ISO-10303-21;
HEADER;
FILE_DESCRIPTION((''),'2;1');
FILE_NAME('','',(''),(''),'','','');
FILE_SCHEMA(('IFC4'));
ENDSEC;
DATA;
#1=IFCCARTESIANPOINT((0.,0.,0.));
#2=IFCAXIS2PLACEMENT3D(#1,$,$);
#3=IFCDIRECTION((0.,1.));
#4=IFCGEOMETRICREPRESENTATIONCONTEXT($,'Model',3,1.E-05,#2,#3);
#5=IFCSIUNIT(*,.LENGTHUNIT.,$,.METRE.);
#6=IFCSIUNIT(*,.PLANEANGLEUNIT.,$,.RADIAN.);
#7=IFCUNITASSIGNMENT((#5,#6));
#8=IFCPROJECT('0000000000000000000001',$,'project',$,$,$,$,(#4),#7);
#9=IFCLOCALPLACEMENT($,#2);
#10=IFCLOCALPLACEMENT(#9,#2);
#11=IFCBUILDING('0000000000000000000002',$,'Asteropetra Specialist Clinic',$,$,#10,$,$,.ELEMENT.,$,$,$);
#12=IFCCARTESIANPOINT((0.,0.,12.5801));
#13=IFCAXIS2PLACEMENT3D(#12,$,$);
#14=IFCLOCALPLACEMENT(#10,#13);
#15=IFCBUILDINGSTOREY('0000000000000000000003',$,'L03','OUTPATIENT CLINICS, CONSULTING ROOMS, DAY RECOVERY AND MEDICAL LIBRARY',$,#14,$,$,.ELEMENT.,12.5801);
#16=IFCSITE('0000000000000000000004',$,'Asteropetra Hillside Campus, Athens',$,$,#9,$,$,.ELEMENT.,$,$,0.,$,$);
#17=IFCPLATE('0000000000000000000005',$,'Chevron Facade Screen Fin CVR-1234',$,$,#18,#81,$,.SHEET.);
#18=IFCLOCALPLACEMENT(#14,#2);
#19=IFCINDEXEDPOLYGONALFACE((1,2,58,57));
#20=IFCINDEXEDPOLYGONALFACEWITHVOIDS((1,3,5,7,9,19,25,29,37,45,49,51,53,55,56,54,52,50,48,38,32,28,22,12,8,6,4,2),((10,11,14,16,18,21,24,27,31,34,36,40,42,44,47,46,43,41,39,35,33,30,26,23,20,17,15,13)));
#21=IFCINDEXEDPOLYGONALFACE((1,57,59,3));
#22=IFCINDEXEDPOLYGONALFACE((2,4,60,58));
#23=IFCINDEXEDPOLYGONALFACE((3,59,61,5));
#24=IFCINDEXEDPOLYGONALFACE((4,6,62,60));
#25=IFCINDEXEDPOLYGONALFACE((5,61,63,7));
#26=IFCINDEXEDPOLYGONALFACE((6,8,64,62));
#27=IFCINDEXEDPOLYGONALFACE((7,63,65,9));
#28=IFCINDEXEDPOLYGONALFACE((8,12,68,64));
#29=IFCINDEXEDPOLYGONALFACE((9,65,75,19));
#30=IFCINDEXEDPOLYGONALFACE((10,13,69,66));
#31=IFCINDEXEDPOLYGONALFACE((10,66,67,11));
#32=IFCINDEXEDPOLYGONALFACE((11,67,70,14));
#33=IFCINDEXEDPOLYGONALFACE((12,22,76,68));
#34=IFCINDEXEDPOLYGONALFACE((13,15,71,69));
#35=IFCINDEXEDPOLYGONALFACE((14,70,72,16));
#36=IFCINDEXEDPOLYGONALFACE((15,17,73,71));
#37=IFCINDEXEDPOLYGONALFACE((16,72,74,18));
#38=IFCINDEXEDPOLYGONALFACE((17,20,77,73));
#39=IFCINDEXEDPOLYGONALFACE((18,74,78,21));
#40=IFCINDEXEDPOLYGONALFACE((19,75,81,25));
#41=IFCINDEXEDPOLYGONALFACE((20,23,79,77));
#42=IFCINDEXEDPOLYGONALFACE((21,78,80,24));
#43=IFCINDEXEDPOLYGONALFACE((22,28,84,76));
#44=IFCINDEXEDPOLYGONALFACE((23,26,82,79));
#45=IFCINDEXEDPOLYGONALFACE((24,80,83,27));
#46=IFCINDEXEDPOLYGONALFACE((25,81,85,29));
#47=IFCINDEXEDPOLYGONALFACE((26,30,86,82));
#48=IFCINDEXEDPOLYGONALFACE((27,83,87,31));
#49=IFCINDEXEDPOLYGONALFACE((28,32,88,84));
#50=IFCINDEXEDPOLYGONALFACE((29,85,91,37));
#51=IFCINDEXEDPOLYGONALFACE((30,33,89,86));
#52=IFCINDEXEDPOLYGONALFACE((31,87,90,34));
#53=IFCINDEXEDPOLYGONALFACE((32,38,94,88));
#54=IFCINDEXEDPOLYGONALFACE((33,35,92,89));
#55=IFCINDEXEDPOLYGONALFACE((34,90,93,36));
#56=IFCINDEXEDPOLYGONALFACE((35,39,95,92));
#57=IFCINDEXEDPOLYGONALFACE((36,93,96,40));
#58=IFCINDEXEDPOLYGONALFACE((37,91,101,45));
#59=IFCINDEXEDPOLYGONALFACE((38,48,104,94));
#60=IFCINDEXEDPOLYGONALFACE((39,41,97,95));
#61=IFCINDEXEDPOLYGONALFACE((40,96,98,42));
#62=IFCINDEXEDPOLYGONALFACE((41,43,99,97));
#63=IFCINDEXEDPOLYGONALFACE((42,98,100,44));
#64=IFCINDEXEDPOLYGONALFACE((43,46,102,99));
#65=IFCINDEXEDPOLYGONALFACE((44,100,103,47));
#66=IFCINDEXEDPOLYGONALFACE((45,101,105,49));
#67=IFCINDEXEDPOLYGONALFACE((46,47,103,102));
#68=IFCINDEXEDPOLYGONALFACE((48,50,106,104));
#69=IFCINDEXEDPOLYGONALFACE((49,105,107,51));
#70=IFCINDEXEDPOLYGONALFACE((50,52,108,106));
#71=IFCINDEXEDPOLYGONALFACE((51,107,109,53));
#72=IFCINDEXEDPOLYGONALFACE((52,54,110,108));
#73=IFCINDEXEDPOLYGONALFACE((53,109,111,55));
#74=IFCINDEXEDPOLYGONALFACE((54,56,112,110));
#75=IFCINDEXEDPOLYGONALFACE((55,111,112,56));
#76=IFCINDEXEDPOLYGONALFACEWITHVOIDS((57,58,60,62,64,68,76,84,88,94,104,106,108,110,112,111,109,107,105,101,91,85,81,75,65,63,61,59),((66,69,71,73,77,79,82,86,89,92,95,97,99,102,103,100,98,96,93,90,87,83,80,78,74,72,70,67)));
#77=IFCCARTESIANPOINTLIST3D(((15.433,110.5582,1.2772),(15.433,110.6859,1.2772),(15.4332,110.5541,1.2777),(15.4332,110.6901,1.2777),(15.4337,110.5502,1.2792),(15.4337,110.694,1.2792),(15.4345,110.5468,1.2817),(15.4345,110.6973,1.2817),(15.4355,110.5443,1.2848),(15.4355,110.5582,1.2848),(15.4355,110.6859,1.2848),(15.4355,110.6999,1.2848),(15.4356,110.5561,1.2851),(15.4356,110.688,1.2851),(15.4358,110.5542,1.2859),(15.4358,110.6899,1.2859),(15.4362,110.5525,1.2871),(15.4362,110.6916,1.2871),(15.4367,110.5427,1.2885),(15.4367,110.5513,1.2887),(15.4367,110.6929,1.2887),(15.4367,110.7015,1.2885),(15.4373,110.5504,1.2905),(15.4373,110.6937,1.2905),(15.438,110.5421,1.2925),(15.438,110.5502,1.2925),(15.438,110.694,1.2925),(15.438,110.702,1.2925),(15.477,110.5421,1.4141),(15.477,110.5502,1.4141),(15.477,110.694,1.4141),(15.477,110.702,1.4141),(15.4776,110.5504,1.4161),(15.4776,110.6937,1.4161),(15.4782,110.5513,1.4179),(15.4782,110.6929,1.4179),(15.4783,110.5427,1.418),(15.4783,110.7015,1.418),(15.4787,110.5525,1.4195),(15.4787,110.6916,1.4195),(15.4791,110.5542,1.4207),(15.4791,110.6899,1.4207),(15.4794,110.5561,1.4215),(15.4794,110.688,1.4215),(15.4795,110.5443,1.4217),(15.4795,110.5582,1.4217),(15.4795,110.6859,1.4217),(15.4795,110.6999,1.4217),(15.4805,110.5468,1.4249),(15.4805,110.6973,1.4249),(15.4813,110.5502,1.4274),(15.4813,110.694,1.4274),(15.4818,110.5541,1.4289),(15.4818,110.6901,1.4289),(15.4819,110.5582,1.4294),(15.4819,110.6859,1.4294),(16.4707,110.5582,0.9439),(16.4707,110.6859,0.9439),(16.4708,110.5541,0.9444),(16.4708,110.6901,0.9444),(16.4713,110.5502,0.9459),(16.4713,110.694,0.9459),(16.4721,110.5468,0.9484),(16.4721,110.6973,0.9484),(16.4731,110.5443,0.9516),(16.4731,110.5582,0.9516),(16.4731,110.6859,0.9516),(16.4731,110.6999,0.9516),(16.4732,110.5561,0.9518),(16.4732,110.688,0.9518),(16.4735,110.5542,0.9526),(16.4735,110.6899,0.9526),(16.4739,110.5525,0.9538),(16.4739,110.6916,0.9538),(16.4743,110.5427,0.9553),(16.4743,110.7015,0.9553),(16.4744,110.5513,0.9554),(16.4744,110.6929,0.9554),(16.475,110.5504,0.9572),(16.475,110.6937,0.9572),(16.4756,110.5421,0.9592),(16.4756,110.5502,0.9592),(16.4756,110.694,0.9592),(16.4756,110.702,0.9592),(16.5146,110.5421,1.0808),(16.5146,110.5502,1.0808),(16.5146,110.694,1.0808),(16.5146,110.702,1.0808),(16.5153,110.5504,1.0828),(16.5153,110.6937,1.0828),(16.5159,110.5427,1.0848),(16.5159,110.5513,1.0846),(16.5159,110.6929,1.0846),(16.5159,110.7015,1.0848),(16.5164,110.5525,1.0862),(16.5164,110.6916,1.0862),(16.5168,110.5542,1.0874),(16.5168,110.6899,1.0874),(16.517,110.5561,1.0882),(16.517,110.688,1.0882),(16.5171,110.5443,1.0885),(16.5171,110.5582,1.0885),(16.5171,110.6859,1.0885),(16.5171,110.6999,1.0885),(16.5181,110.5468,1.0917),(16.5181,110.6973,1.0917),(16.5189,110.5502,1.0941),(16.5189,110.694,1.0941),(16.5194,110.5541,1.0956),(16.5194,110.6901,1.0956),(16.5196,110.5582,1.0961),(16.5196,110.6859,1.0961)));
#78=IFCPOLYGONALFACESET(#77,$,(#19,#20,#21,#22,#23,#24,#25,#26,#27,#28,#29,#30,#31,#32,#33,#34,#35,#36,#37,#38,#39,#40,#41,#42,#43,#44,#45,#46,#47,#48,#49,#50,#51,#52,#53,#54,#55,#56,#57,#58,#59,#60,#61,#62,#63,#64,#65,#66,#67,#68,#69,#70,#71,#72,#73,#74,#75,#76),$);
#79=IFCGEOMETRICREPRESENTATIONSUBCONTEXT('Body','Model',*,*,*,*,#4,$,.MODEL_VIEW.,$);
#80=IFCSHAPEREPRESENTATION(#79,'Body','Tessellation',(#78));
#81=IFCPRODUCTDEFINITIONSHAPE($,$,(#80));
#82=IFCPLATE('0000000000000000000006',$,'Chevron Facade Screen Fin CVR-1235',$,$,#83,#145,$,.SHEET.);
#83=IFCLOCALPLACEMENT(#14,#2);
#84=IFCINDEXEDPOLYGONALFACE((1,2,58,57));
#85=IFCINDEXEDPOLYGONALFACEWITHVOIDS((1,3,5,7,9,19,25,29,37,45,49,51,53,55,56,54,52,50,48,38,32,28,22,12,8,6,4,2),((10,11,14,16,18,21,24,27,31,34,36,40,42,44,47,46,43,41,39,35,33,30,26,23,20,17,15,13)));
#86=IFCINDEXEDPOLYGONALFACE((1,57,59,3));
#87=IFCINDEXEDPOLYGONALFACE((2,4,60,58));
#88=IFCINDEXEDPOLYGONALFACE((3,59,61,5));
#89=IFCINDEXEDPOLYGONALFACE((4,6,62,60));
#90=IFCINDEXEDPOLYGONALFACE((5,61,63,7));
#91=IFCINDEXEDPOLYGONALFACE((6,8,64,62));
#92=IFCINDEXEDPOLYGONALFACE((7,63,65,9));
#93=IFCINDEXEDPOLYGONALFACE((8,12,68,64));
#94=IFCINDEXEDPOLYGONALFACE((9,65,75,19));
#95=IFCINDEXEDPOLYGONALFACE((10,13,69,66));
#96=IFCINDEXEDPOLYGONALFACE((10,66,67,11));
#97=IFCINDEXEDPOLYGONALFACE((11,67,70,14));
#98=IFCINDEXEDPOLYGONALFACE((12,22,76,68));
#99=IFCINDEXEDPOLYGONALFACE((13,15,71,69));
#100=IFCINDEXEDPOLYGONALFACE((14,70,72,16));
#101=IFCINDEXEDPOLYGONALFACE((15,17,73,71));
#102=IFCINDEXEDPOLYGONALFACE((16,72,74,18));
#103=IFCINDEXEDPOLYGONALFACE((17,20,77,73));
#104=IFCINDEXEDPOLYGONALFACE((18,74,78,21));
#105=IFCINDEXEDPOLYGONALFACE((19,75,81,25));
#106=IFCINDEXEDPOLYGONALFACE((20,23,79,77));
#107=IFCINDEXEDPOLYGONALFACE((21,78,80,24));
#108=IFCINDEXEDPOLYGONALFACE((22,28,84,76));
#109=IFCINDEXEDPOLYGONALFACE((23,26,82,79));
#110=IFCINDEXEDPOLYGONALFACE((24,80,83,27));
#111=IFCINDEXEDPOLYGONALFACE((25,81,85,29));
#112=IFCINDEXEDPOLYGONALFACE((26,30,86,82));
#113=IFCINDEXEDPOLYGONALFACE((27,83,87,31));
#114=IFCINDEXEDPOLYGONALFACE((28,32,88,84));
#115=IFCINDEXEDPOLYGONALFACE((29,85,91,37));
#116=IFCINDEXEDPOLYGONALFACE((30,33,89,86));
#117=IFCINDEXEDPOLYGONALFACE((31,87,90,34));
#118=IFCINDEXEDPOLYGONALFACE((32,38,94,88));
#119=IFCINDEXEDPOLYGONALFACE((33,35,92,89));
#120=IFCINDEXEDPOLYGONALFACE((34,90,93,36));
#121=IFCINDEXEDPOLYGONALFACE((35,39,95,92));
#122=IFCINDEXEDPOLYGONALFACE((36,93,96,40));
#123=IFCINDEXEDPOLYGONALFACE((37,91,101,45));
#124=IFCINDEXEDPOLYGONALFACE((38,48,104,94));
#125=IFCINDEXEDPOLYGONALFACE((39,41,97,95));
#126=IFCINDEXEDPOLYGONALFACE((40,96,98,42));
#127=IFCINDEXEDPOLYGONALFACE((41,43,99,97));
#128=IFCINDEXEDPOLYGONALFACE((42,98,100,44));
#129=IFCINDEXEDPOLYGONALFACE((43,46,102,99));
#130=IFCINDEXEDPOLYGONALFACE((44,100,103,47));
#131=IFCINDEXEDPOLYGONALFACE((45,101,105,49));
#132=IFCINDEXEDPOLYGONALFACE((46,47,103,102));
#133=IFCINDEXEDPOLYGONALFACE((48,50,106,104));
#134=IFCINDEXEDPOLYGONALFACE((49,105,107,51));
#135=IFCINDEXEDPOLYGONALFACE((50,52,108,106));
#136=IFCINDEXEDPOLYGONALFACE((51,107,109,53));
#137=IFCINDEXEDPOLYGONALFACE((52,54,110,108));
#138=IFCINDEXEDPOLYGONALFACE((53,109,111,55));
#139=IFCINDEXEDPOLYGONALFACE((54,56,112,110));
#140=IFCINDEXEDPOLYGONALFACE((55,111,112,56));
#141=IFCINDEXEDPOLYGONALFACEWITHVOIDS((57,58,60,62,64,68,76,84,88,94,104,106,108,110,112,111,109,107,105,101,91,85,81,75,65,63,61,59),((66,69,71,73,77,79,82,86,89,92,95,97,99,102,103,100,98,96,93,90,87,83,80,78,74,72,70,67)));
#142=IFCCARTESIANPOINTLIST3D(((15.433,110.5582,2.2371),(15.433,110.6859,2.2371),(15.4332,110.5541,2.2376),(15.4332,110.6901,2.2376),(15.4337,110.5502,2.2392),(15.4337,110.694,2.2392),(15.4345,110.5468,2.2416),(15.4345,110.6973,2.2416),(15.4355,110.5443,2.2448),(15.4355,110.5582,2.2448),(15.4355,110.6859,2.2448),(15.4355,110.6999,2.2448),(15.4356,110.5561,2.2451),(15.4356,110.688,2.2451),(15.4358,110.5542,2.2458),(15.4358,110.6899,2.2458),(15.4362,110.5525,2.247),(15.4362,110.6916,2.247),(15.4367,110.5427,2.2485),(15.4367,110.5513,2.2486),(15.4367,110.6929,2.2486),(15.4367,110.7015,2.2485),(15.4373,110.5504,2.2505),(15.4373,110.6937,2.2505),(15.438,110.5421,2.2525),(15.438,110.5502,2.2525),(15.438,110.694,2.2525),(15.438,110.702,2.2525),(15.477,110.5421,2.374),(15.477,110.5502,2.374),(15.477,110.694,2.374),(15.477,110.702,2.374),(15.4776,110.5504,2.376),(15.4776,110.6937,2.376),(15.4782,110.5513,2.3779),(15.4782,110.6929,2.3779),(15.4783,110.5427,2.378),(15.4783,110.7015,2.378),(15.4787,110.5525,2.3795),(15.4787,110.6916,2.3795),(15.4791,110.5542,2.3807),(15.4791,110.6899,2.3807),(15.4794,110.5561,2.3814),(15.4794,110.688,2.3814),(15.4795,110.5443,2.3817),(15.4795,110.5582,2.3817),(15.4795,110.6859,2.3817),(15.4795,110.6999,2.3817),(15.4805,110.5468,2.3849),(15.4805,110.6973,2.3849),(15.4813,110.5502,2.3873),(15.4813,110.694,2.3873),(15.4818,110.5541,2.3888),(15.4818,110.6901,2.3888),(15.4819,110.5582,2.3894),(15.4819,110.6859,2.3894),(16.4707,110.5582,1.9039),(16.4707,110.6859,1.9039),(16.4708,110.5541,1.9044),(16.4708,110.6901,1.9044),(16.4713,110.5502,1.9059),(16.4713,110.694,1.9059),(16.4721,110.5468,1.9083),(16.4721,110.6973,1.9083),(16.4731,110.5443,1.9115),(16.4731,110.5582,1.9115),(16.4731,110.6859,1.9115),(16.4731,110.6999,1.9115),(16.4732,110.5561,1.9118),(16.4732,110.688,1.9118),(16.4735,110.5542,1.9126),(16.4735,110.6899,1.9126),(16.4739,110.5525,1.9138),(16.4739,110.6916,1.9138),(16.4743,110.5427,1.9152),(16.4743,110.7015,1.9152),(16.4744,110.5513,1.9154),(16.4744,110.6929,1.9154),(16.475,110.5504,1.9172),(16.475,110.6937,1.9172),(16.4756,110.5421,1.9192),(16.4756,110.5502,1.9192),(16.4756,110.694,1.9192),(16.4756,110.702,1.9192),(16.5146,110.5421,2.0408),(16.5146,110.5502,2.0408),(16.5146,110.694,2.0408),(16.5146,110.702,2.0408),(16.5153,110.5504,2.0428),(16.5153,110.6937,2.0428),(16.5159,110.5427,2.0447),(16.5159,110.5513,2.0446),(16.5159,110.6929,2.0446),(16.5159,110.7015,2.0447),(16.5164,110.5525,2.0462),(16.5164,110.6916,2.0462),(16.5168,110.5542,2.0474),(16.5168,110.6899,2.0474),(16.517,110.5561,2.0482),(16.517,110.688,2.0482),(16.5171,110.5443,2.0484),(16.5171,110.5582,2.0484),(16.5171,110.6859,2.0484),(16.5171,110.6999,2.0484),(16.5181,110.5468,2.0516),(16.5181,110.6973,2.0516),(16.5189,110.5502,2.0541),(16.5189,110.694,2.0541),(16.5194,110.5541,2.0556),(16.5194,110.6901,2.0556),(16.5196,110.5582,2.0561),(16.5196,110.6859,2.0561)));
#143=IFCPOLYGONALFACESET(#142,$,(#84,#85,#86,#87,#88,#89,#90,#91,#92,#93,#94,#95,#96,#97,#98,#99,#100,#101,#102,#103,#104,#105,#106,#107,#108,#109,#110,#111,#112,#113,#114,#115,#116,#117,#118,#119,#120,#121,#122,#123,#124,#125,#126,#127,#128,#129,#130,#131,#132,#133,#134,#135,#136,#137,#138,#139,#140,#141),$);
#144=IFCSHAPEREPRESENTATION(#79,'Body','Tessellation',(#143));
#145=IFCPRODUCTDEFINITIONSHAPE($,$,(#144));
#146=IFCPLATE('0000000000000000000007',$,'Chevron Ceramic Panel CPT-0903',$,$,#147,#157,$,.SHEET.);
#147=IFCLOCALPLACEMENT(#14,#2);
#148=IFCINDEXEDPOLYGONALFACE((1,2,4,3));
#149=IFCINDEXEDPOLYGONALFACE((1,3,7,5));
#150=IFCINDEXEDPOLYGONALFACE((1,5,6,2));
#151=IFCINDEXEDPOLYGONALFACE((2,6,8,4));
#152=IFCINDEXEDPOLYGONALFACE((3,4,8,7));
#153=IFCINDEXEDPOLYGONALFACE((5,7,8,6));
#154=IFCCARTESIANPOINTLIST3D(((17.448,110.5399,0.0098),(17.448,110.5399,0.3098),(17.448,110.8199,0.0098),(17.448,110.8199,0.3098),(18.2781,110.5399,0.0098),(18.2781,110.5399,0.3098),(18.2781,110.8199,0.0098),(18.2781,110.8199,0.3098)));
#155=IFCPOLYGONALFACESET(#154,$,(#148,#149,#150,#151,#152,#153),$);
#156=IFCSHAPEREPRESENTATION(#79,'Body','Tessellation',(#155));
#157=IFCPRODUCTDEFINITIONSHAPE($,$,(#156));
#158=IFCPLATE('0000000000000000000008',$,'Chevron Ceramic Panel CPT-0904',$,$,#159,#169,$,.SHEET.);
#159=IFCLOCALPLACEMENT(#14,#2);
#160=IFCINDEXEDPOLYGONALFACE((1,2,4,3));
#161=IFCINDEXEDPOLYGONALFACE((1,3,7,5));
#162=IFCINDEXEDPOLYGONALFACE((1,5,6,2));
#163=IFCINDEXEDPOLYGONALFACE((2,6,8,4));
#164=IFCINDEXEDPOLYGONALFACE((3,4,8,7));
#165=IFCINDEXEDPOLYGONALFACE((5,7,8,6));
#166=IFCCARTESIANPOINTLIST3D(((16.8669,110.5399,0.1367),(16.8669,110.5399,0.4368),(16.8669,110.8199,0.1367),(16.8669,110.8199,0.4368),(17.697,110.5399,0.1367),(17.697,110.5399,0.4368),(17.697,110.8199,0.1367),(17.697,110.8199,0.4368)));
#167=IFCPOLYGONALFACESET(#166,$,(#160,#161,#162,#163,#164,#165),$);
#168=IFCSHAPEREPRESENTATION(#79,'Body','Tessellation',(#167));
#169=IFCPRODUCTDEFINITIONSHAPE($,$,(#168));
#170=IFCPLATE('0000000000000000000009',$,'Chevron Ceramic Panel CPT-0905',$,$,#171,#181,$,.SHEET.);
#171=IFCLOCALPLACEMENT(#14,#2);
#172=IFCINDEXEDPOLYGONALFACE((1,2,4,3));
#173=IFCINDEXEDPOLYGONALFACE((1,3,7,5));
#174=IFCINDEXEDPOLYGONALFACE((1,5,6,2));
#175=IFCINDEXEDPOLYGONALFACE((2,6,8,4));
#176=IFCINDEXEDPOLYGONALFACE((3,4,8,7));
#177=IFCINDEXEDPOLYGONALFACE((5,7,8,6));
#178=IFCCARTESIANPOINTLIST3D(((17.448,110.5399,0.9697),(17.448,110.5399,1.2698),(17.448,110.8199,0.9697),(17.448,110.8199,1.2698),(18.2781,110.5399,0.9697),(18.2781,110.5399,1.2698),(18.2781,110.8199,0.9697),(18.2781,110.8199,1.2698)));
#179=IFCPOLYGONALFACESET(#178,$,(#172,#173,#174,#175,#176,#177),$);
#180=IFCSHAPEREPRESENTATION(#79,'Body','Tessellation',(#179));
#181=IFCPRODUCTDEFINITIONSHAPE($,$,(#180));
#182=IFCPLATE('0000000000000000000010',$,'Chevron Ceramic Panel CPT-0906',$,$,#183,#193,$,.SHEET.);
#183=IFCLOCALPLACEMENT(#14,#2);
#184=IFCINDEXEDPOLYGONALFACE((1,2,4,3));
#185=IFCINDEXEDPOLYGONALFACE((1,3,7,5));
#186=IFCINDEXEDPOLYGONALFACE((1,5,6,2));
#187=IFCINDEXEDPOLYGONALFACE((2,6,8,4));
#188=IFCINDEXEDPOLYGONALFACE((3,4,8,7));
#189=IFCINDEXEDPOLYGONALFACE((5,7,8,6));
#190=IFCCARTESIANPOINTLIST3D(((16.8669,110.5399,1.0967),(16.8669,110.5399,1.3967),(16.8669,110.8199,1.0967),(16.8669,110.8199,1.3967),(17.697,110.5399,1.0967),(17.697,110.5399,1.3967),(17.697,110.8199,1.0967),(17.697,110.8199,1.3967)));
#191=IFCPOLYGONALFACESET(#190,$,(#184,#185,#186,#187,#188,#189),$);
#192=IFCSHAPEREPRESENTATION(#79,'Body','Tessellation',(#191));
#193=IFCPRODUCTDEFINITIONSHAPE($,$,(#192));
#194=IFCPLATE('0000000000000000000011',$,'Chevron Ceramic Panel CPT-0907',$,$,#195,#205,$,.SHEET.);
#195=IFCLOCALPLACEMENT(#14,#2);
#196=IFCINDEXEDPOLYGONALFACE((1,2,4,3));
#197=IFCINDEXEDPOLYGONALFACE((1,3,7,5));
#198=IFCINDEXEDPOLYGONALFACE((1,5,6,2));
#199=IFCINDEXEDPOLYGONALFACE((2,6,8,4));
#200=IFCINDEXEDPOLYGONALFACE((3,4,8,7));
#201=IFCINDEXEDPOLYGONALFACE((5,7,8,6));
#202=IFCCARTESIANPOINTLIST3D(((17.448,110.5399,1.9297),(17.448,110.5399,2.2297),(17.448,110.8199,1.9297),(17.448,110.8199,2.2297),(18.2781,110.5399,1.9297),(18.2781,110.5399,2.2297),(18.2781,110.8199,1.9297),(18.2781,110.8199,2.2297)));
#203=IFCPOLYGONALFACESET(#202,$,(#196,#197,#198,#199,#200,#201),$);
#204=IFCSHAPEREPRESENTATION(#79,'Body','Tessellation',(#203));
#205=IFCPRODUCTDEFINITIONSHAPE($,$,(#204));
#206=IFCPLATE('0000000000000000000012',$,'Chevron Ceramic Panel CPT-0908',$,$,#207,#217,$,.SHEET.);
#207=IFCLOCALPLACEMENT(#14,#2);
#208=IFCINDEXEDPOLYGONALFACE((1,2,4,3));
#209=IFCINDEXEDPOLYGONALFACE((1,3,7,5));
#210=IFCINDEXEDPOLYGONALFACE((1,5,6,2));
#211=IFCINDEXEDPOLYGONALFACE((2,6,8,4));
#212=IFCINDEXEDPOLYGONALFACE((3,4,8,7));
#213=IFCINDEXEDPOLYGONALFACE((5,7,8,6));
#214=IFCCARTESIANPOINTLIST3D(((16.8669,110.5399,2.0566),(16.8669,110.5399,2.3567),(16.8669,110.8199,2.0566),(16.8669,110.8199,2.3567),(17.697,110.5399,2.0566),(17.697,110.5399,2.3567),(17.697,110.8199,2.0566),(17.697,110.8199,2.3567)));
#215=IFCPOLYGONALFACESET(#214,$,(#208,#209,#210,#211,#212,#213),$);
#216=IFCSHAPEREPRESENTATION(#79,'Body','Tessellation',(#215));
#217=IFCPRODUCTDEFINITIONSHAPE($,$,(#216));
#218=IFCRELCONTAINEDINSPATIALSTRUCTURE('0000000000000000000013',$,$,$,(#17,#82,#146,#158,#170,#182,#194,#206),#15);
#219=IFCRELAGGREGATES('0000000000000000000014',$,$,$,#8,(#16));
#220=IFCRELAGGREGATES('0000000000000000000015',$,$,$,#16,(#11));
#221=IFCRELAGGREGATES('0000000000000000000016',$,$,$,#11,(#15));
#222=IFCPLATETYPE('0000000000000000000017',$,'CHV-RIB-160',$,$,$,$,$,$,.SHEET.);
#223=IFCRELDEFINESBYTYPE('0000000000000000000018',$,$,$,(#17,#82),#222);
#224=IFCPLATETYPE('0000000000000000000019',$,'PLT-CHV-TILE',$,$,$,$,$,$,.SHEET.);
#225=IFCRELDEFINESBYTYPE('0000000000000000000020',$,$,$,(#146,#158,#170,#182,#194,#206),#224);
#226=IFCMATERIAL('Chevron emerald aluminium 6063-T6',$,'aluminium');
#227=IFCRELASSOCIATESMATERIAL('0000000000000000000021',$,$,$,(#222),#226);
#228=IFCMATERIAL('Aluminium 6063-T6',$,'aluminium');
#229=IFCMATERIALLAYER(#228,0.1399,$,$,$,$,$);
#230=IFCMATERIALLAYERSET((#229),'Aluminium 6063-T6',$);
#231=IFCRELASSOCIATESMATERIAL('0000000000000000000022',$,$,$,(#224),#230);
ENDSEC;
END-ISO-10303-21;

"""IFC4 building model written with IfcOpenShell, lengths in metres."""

from ifc_helpers import new_model, si_unit, direction, frame, origin, origin_2d, place, context, subcontext, project, spatial, rectangle, hollow_rectangle, extrude, material, layer, layer_set, material_profile, profile_set, type_object, element, save


model = new_model("IFC4")

# Units and contexts
model_context = context("Model", 3, precision=1e-05, world=origin(), true_north=direction((0.0, 1.0)))
body_context = subcontext(model_context, "Body", "Model", "MODEL_VIEW")
ifc_project = project(units=[si_unit("LENGTHUNIT", "METRE"), si_unit("PLANEANGLEUNIT", "RADIAN")], contexts=[model_context])

# Site, building, storey
site_placement = place(None, origin())
site = spatial("IfcSite", under=ifc_project, at=site_placement, Name="Asteropetra Hillside Campus, Athens", CompositionType="ELEMENT", RefElevation=0.0)
building_placement = place(site_placement, origin())
building = spatial("IfcBuilding", under=site, at=building_placement, Name="Asteropetra Specialist Clinic", CompositionType="ELEMENT")
storey_placement = place(building_placement, frame((0.0, 0.0, 12.5801)))
storey = spatial("IfcBuildingStorey", under=building, at=storey_placement, Name="L03", Description="OUTPATIENT CLINICS, CONSULTING ROOMS, DAY RECOVERY AND MEDICAL LIBRARY", CompositionType="ELEMENT", Elevation=12.5801)

# Plates
ifc_material_1 = material(Name="Chevron emerald aluminium 6063-T6", Category="aluminium")
ifc_material_profile_1 = material_profile(ifc_material_1, hollow_rectangle(XDim=0.1599, YDim=0.1599, WallThickness=0.0081, InnerFilletRadius=0.0081, OuterFilletRadius=0.0161, at=origin_2d()), Name="SHS 160x160x8.0")
ifc_profile_set_1 = profile_set([ifc_material_profile_1], Name="Chevron emerald aluminium 6063-T6")
plate_type_1 = type_object("IfcPlateType", Name="CHV-RIB-160", PredefinedType="SHEET", material=ifc_profile_set_1)
for number, where, z_axis, x_axis, name in (
    (1, (16.4951, 110.6221, 1.02), (-0.952098, 0.0, 0.305792), (0.0, -1.0, 0.0), "Chevron Facade Screen Fin CVR-1234"),
    (2, (16.4951, 110.6221, 1.98), (-0.952098, 0.0, 0.305792), (0.0, -1.0, 0.0), "Chevron Facade Screen Fin CVR-1235"),
):
    element("IfcPlate", number, at=place(storey_placement, frame(where, z_axis=z_axis, x_axis=x_axis)), inside=storey, type_object=plate_type_1, Name=name, PredefinedType="SHEET", context=body_context, shape_type="SweptSolid", body=[
        extrude(hollow_rectangle(XDim=0.1599, YDim=0.1599, WallThickness=0.0081, InnerFilletRadius=0.0081, OuterFilletRadius=0.0161, at=origin_2d()), origin(), (0.0, 0.0, 1.0), 1.0898),
    ])
ifc_material_2 = material(Name="Aluminium 6063-T6", Category="aluminium")
ifc_layer_1 = layer(ifc_material_2, 0.1399)
ifc_layer_set_1 = layer_set([ifc_layer_1], Name="Aluminium 6063-T6")
plate_type_2 = type_object("IfcPlateType", Name="PLT-CHV-TILE", PredefinedType="SHEET", material=ifc_layer_set_1)
for number, where, z_axis, x_axis, name in (
    (3, (17.863, 110.6799, 0.0098), (0.0, 0.0, 1.0), (1.0, 0.0, 0.0), "Chevron Ceramic Panel CPT-0903"),
    (4, (17.282, 110.6799, 0.1367), (0.0, 0.0, 1.0), (1.0, 0.0, 0.0), "Chevron Ceramic Panel CPT-0904"),
    (5, (17.863, 110.6799, 0.9697), (0.0, 0.0, 1.0), (1.0, 0.0, 0.0), "Chevron Ceramic Panel CPT-0905"),
    (6, (17.282, 110.6799, 1.0967), (0.0, 0.0, 1.0), (1.0, 0.0, 0.0), "Chevron Ceramic Panel CPT-0906"),
    (7, (17.863, 110.6799, 1.9297), (0.0, 0.0, 1.0), (1.0, 0.0, 0.0), "Chevron Ceramic Panel CPT-0907"),
    (8, (17.282, 110.6799, 2.0566), (0.0, 0.0, 1.0), (1.0, 0.0, 0.0), "Chevron Ceramic Panel CPT-0908"),
):
    element("IfcPlate", number, at=place(storey_placement, frame(where, z_axis=z_axis, x_axis=x_axis)), inside=storey, type_object=plate_type_2, Name=name, PredefinedType="SHEET", context=body_context, shape_type="SweptSolid", body=[
        extrude(rectangle(XDim=0.8301, YDim=0.28, at=origin_2d()), origin(), (0.0, 0.0, 1.0), 0.3),
    ])

save(model, "model.ifc")
